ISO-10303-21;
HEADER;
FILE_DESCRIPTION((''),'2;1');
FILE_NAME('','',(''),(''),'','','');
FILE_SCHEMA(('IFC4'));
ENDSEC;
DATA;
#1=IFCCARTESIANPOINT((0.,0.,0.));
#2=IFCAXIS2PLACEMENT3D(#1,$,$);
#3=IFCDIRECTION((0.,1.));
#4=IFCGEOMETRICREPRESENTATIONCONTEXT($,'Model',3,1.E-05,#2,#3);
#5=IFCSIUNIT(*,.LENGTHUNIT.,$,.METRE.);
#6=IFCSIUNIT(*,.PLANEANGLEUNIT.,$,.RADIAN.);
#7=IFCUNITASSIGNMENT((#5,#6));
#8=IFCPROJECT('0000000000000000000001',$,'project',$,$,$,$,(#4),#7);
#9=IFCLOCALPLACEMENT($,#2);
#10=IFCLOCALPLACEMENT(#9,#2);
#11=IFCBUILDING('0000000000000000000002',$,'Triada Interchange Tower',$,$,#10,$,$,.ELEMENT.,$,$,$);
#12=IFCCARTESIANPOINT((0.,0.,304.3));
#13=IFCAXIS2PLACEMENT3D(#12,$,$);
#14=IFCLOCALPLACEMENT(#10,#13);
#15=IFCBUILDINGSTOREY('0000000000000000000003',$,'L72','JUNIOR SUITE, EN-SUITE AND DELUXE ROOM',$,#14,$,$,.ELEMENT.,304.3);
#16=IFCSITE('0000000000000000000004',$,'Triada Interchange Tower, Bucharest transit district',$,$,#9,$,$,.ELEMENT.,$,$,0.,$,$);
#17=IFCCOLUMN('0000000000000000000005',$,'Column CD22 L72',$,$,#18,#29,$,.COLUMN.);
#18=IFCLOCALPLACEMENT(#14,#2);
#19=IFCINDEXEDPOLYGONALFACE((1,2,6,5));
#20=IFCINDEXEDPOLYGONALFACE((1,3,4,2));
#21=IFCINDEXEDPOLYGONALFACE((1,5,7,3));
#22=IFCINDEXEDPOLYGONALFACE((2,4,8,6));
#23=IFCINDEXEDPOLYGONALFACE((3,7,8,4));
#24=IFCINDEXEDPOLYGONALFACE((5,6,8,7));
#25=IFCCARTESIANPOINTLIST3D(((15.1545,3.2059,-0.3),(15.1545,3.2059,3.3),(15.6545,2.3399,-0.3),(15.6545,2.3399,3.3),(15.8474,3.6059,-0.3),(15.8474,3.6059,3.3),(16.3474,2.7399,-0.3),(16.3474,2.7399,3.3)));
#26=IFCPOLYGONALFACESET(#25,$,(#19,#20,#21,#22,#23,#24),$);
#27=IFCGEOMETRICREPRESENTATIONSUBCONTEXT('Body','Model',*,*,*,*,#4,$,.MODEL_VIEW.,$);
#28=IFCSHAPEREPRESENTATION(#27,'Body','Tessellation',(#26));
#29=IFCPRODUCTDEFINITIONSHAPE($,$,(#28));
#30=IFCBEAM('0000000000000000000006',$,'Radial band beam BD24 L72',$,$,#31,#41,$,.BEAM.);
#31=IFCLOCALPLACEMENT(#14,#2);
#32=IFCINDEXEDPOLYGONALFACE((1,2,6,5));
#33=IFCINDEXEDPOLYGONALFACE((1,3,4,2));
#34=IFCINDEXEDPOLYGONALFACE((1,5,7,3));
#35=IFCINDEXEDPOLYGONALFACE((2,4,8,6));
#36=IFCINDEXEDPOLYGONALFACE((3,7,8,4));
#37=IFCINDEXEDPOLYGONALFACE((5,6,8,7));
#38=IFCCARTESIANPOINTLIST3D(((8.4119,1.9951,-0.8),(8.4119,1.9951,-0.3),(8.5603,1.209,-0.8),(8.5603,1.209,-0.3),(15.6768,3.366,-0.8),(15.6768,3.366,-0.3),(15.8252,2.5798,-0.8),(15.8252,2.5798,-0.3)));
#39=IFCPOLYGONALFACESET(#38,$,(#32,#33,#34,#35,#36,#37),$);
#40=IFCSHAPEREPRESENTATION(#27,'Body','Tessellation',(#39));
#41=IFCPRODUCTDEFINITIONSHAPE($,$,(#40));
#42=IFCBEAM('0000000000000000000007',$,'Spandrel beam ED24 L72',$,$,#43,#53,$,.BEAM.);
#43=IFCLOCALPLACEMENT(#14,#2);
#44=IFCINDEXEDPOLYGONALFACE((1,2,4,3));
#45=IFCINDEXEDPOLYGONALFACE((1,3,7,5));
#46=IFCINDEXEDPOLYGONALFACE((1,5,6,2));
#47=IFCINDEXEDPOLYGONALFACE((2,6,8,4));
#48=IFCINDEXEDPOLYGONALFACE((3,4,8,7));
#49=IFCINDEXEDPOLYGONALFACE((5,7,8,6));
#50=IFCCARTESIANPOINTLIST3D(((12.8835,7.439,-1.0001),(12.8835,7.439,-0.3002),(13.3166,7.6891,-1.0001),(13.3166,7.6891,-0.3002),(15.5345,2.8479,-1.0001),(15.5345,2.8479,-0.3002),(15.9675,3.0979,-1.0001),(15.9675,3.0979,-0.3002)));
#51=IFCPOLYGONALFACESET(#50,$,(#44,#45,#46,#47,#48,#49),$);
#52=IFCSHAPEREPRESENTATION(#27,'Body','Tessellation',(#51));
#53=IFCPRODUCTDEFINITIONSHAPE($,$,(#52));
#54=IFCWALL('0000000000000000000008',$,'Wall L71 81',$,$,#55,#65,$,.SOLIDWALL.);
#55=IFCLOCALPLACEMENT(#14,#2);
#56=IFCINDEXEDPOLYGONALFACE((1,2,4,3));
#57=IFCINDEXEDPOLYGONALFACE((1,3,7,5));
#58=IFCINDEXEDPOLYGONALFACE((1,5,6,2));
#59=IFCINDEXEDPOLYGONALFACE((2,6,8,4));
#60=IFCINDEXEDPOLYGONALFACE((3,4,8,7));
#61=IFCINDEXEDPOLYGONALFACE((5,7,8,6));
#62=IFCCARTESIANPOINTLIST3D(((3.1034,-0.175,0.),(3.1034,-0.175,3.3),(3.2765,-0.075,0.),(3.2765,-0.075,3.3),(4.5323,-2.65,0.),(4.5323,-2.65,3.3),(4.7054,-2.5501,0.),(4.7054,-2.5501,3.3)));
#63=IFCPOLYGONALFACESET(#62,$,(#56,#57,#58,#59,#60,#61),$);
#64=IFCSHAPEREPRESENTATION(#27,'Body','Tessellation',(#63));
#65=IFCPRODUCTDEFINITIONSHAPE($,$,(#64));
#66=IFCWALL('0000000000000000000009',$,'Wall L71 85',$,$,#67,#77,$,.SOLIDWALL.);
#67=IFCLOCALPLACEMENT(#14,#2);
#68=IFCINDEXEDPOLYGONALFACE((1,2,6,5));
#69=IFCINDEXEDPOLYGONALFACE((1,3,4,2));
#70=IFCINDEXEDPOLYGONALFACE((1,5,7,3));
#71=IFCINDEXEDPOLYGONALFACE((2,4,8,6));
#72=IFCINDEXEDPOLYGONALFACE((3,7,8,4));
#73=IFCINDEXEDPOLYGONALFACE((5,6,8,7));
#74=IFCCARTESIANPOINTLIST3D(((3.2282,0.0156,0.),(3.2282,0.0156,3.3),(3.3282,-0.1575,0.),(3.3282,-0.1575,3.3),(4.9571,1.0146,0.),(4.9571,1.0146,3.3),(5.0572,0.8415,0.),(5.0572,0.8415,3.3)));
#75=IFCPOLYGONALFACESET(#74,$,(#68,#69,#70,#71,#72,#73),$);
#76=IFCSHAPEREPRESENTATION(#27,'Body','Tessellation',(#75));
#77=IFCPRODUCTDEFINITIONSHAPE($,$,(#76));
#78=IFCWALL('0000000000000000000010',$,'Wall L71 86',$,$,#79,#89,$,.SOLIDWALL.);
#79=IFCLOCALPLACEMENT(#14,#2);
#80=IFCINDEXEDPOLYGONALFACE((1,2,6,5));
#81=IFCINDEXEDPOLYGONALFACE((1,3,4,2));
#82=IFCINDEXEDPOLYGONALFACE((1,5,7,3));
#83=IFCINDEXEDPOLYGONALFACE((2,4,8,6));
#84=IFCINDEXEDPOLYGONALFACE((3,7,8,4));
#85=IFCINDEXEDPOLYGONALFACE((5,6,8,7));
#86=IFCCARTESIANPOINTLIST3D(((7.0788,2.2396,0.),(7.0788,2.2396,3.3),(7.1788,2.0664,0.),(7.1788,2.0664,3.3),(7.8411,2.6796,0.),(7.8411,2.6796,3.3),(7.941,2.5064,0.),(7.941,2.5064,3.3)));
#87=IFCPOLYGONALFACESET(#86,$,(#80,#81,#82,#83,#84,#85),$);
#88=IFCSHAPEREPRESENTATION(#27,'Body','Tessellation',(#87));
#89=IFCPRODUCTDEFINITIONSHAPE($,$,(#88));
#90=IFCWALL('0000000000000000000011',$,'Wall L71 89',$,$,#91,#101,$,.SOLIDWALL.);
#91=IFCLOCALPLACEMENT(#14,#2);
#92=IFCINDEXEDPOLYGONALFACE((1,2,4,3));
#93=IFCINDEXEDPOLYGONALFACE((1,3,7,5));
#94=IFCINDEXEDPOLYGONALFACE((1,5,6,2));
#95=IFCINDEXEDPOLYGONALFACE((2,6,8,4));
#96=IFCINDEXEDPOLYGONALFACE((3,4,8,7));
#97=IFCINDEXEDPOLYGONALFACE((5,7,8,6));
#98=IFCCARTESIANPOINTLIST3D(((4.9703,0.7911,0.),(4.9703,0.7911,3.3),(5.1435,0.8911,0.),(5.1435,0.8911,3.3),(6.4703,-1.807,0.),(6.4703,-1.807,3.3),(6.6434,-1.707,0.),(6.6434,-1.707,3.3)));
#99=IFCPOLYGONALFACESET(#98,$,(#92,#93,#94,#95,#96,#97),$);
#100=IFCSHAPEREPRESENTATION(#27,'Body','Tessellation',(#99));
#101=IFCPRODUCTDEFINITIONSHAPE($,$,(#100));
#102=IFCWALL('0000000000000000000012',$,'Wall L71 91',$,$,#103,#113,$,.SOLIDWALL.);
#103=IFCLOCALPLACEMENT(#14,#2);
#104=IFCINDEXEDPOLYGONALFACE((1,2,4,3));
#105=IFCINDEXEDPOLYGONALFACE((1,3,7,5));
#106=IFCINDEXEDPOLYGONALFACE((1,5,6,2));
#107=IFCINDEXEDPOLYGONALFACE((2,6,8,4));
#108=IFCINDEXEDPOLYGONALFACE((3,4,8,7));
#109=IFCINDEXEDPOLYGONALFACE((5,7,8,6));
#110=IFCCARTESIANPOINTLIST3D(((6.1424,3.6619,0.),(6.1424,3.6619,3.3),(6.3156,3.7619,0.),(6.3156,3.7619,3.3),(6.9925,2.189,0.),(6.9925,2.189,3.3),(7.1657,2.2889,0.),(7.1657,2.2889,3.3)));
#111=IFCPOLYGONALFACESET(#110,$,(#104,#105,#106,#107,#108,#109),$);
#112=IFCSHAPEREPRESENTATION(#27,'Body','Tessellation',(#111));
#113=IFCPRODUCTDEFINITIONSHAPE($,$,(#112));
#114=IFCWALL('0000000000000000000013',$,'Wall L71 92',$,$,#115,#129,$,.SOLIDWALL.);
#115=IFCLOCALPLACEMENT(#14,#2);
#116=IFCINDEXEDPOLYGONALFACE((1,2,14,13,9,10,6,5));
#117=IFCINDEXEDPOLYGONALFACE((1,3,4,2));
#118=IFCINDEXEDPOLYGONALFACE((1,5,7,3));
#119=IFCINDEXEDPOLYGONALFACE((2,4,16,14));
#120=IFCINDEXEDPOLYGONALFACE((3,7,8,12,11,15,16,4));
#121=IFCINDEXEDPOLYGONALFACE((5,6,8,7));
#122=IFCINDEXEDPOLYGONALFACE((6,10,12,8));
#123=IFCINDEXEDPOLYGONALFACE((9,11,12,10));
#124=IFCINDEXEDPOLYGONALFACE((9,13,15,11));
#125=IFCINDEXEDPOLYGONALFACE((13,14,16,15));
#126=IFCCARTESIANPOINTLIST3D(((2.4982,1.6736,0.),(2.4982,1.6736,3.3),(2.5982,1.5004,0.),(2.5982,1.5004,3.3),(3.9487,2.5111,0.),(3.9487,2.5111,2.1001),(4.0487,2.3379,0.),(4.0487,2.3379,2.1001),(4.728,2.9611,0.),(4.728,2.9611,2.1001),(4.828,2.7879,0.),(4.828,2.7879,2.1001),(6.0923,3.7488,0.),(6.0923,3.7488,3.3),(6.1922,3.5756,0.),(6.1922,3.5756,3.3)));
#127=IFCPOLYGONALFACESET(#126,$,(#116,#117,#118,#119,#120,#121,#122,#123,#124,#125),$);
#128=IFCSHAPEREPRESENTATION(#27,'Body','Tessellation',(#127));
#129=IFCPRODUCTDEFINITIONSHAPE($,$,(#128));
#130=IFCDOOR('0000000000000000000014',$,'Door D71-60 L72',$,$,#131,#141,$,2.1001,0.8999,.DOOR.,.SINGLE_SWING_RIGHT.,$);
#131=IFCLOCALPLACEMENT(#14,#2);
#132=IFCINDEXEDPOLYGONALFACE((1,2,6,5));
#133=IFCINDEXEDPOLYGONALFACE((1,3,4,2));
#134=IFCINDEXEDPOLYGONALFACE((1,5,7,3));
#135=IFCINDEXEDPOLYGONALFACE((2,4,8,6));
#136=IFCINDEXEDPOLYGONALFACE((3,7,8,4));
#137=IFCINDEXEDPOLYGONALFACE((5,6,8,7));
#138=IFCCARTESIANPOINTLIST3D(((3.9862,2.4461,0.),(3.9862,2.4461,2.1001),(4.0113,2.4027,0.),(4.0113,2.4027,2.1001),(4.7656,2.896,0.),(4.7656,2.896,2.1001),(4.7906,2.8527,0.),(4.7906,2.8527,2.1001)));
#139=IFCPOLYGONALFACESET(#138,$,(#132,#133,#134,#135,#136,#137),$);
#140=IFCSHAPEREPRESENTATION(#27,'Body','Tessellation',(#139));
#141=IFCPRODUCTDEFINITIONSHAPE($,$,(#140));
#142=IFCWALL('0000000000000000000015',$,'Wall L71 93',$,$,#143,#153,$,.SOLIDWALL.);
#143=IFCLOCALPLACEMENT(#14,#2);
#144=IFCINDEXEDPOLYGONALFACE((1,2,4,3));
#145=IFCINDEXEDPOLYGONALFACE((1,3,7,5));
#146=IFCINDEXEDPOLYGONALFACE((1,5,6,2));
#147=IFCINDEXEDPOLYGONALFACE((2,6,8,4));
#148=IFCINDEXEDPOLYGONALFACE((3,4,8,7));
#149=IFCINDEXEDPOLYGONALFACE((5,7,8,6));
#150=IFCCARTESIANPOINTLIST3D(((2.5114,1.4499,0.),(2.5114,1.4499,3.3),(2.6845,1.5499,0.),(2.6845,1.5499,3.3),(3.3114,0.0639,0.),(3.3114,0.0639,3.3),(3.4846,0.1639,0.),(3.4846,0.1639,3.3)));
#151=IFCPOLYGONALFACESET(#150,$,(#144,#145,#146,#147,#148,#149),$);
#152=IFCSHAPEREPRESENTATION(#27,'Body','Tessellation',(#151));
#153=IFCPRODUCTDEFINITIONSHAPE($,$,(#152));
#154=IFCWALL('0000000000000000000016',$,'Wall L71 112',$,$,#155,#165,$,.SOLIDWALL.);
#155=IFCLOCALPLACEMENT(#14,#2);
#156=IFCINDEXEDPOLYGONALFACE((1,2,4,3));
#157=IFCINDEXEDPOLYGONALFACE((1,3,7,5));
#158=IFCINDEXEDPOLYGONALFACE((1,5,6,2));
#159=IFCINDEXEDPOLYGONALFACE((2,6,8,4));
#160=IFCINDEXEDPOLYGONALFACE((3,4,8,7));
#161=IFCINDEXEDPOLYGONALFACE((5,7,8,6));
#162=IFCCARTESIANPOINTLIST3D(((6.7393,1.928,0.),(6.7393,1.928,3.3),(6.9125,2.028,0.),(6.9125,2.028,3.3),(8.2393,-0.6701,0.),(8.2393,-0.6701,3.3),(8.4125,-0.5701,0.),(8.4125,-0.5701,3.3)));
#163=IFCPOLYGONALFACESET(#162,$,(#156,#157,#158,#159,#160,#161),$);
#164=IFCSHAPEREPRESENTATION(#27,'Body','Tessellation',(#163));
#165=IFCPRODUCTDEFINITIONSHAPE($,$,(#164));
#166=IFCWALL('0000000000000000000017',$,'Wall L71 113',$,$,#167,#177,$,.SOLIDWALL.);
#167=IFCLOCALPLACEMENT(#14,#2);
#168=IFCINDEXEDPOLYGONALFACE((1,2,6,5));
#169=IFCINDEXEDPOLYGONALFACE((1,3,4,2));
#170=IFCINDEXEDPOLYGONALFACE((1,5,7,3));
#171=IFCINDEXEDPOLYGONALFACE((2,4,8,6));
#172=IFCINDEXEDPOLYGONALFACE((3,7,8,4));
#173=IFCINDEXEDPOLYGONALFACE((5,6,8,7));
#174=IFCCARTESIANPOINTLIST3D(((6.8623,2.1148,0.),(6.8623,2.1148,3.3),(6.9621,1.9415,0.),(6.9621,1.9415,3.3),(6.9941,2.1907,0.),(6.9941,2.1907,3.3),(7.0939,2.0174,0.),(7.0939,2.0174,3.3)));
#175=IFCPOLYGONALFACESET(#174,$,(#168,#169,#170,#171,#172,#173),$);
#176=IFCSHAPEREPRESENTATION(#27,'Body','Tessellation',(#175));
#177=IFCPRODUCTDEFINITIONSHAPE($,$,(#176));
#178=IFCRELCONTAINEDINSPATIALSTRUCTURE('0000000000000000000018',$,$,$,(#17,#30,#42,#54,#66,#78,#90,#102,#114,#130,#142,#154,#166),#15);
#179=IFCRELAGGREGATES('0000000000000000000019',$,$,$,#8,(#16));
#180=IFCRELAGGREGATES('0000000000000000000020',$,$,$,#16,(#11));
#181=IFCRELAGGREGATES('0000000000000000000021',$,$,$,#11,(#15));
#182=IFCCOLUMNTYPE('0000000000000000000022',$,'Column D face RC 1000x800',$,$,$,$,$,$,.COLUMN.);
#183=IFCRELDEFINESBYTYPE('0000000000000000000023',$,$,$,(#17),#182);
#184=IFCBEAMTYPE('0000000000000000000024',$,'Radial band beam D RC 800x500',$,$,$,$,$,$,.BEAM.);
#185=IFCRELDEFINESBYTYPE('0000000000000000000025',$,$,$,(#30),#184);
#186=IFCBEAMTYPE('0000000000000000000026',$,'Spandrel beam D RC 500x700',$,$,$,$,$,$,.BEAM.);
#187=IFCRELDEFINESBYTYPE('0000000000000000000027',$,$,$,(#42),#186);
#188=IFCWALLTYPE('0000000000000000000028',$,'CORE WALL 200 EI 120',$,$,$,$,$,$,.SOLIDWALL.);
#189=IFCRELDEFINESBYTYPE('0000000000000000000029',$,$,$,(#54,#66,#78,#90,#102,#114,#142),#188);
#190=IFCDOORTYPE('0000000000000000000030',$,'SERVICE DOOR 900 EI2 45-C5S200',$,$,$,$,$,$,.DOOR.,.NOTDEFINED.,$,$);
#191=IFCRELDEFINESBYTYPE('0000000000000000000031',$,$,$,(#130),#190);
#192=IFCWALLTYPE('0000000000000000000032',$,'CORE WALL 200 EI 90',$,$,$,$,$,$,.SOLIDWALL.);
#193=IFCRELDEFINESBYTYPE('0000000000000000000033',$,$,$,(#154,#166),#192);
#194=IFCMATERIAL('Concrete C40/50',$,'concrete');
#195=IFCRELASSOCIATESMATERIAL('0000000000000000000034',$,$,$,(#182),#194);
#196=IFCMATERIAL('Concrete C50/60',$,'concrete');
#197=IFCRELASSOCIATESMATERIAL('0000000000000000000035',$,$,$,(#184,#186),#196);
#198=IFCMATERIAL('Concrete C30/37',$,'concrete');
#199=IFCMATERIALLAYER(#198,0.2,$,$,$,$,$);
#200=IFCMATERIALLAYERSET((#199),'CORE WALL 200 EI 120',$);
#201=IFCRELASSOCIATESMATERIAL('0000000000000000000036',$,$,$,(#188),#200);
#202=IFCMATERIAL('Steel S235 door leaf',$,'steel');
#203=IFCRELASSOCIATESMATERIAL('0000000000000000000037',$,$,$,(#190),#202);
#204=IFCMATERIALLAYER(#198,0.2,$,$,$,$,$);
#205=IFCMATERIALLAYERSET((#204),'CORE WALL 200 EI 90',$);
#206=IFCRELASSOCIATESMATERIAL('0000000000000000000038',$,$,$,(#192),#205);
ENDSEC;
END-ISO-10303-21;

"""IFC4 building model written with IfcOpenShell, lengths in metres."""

from ifc_helpers import new_model, si_unit, direction, frame, frame_2d, origin, origin_2d, place, context, subcontext, project, spatial, rectangle, extrude, material, layer, layer_set, material_profile, profile_set, type_object, element, fill, save


model = new_model("IFC4")

# Units and contexts
model_context = context("Model", 3, precision=1e-05, world=origin(), true_north=direction((0.0, 1.0)))
body_context = subcontext(model_context, "Body", "Model", "MODEL_VIEW")
ifc_project = project(units=[si_unit("LENGTHUNIT", "METRE"), si_unit("PLANEANGLEUNIT", "RADIAN")], contexts=[model_context])

# Site, building, storey
site_placement = place(None, origin())
site = spatial("IfcSite", under=ifc_project, at=site_placement, Name="Triada Interchange Tower, Bucharest transit district", CompositionType="ELEMENT", RefElevation=0.0)
building_placement = place(site_placement, origin())
building = spatial("IfcBuilding", under=site, at=building_placement, Name="Triada Interchange Tower", CompositionType="ELEMENT")
storey_placement = place(building_placement, frame((0.0, 0.0, 304.3)))
storey = spatial("IfcBuildingStorey", under=building, at=storey_placement, Name="L72", Description="JUNIOR SUITE, EN-SUITE AND DELUXE ROOM", CompositionType="ELEMENT", Elevation=304.3)

# Column
ifc_material_1 = material(Name="Concrete C40/50", Category="concrete")
ifc_material_profile_1 = material_profile(ifc_material_1, rectangle(XDim=1.0, YDim=0.8, at=origin_2d()), Name="RC 1000x800")
ifc_profile_set_1 = profile_set([ifc_material_profile_1], Name="Concrete C40/50")
column_type = type_object("IfcColumnType", Name="Column D face RC 1000x800", PredefinedType="COLUMN", material=ifc_profile_set_1)
column_placement = place(storey_placement, frame((15.751, 2.9729, -0.3), z_axis=(0.0, 0.0, 1.0), x_axis=(-0.5, 0.866025, 0.0)))
element("IfcColumn", 1, at=column_placement, inside=storey, type_object=column_type, Name="Column CD22 L72", PredefinedType="COLUMN", context=body_context, shape_type="SweptSolid", body=[
    extrude(rectangle(XDim=1.0, YDim=0.8, at=origin_2d()), origin(), (0.0, 0.0, 1.0), 3.6001),
])

# Beams
ifc_material_2 = material(Name="Concrete C50/60", Category="concrete")
ifc_material_profile_2 = material_profile(ifc_material_2, rectangle(XDim=0.8, YDim=0.5, at=origin_2d()), Name="RC 800x500")
ifc_profile_set_2 = profile_set([ifc_material_profile_2], Name="Concrete C50/60")
beam_type_1 = type_object("IfcBeamType", Name="Radial band beam D RC 800x500", PredefinedType="BEAM", material=ifc_profile_set_2)
beam_1_placement = place(storey_placement, frame((15.751, 2.9729, -0.55), z_axis=(-0.982659, -0.185423, 0.0), x_axis=(0.185423, -0.982659, 0.0)))
element("IfcBeam", 2, at=beam_1_placement, inside=storey, type_object=beam_type_1, Name="Radial band beam BD24 L72", PredefinedType="BEAM", context=body_context, shape_type="SweptSolid", body=[
    extrude(rectangle(XDim=0.8, YDim=0.5, at=origin_2d()), origin(), (0.0, 0.0, 1.0), 7.3931),
])
ifc_material_profile_3 = material_profile(ifc_material_2, rectangle(XDim=0.5, YDim=0.7, at=origin_2d()), Name="RC 500x700")
ifc_profile_set_3 = profile_set([ifc_material_profile_3], Name="Concrete C50/60")
beam_type_2 = type_object("IfcBeamType", Name="Spandrel beam D RC 500x700", PredefinedType="BEAM", material=ifc_profile_set_3)
beam_2_placement = place(storey_placement, frame((15.751, 2.9729, -0.6501), z_axis=(-0.500032, 0.866007, 0.0), x_axis=(-0.866007, -0.500032, 0.0)))
element("IfcBeam", 3, at=beam_2_placement, inside=storey, type_object=beam_type_2, Name="Spandrel beam ED24 L72", PredefinedType="BEAM", context=body_context, shape_type="SweptSolid", body=[
    extrude(rectangle(XDim=0.5, YDim=0.7, at=origin_2d()), origin(), (0.0, 0.0, 1.0), 5.3015),
])

# Walls
ifc_material_3 = material(Name="Concrete C30/37", Category="concrete")
ifc_layer_1 = layer(ifc_material_3, 0.2)
ifc_layer_set_1 = layer_set([ifc_layer_1], Name="CORE WALL 200 EI 120")
wall_type_1 = type_object("IfcWallType", Name="CORE WALL 200 EI 120", PredefinedType="SOLIDWALL", material=ifc_layer_set_1)
wall_1_placement = place(storey_placement, frame((3.1899, -0.125, 0.0), z_axis=(0.0, 0.0, 1.0), x_axis=(0.499989, -0.866032, 0.0)))
element("IfcWall", 4, at=wall_1_placement, inside=storey, type_object=wall_type_1, Name="Wall L71 81", PredefinedType="SOLIDWALL", context=body_context, shape_type="SweptSolid", body=[
    extrude(rectangle(XDim=2.8579, YDim=0.2, at=frame_2d((1.429, 0.0))), origin(), (0.0, 0.0, 1.0), 3.3),
])
wall_2_placement = place(storey_placement, frame((3.2781, -0.071, 0.0), z_axis=(0.0, 0.0, 1.0), x_axis=(0.865856, 0.500294, 0.0)))
element("IfcWall", 5, at=wall_2_placement, inside=storey, type_object=wall_type_1, Name="Wall L71 85", PredefinedType="SOLIDWALL", context=body_context, shape_type="SweptSolid", body=[
    extrude(rectangle(XDim=1.9968, YDim=0.2, at=frame_2d((0.9985, 0.0))), origin(), (0.0, 0.0, 1.0), 3.3),
])
wall_3_placement = place(storey_placement, frame((7.1289, 2.1531, 0.0), z_axis=(0.0, 0.0, 1.0), x_axis=(0.866084, 0.499899, 0.0)))
element("IfcWall", 6, at=wall_3_placement, inside=storey, type_object=wall_type_1, Name="Wall L71 86", PredefinedType="SOLIDWALL", context=body_context, shape_type="SweptSolid", body=[
    extrude(rectangle(XDim=0.8801, YDim=0.2, at=frame_2d((0.4399, 0.0))), origin(), (0.0, 0.0, 1.0), 3.3),
])
wall_4_placement = place(storey_placement, frame((5.0569, 0.8411, 0.0), z_axis=(0.0, 0.0, 1.0), x_axis=(0.49999, -0.866031, 0.0)))
element("IfcWall", 7, at=wall_4_placement, inside=storey, type_object=wall_type_1, Name="Wall L71 89", PredefinedType="SOLIDWALL", context=body_context, shape_type="SweptSolid", body=[
    extrude(rectangle(XDim=3.0, YDim=0.2, at=frame_2d((1.5, 0.0))), origin(), (0.0, 0.0, 1.0), 3.3),
])
wall_5_placement = place(storey_placement, frame((6.229, 3.7119, 0.0), z_axis=(0.0, 0.0, 1.0), x_axis=(0.499876, -0.866097, 0.0)))
element("IfcWall", 8, at=wall_5_placement, inside=storey, type_object=wall_type_1, Name="Wall L71 91", PredefinedType="SOLIDWALL", context=body_context, shape_type="SweptSolid", body=[
    extrude(rectangle(XDim=1.7007, YDim=0.2, at=frame_2d((0.8503, 0.0))), origin(), (0.0, 0.0, 1.0), 3.3),
])

# Wall, opening, door
wall_6_placement = place(storey_placement, frame((2.5481, 1.5869, 0.0), z_axis=(0.0, 0.0, 1.0), x_axis=(0.866004, 0.500036, 0.0)))
wall_6 = element("IfcWall", 9, at=wall_6_placement, inside=storey, type_object=wall_type_1, Name="Wall L71 92", PredefinedType="SOLIDWALL", context=body_context, shape_type="SweptSolid", body=[
    extrude(rectangle(XDim=4.1501, YDim=0.2, at=frame_2d((2.0752, 0.0))), origin(), (0.0, 0.0, 1.0), 3.3),
])
opening_placement = place(wall_6_placement, frame((1.675, 0.0, 0.0)))
opening = element("IfcOpeningElement", 10, at=opening_placement, cuts=wall_6, PredefinedType="OPENING", context=body_context, shape_type="SweptSolid", body=[
    extrude(rectangle(XDim=0.8999, YDim=2.1001, at=frame_2d((0.45, 1.05))), frame((0.0, 0.1099, 0.0), z_axis=(0.0, -1.0, 0.0), x_axis=(1.0, 0.0, 0.0)), (0.0, 0.0, 1.0), 0.22),
])
ifc_material_4 = material(Name="Steel S235 door leaf", Category="steel")
door_type = type_object("IfcDoorType", Name="SERVICE DOOR 900 EI2 45-C5S200", OperationType="NOTDEFINED", PredefinedType="DOOR", material=ifc_material_4)
door_placement = place(opening_placement, origin())
door = element("IfcDoor", 11, at=door_placement, inside=storey, type_object=door_type, Name="Door D71-60 L72", OperationType="SINGLE_SWING_RIGHT", OverallHeight=2.1001, OverallWidth=0.8999, PredefinedType="DOOR", context=body_context, shape_type="SweptSolid", body=[
    extrude(rectangle(XDim=0.8999, YDim=2.1001, at=frame_2d((0.45, 1.05))), frame((0.0, 0.0249, 0.0), z_axis=(0.0, -1.0, 0.0), x_axis=(1.0, 0.0, 0.0)), (0.0, 0.0, 1.0), 0.05),
])
fill(opening, door)

# Walls
wall_7_placement = place(storey_placement, frame((2.5979, 1.5, 0.0), z_axis=(0.0, 0.0, 1.0), x_axis=(0.499929, -0.866066, 0.0)))
element("IfcWall", 12, at=wall_7_placement, inside=storey, type_object=wall_type_1, Name="Wall L71 93", PredefinedType="SOLIDWALL", context=body_context, shape_type="SweptSolid", body=[
    extrude(rectangle(XDim=1.6003, YDim=0.2, at=frame_2d((0.8003, 0.0))), origin(), (0.0, 0.0, 1.0), 3.3),
])
ifc_layer_2 = layer(ifc_material_3, 0.2)
ifc_layer_set_2 = layer_set([ifc_layer_2], Name="CORE WALL 200 EI 90")
wall_type_2 = type_object("IfcWallType", Name="CORE WALL 200 EI 90", PredefinedType="SOLIDWALL", material=ifc_layer_set_2)
wall_8_placement = place(storey_placement, frame((6.8259, 1.978, 0.0), z_axis=(0.0, 0.0, 1.0), x_axis=(0.49999, -0.866031, 0.0)))
element("IfcWall", 13, at=wall_8_placement, inside=storey, type_object=wall_type_2, Name="Wall L71 112", PredefinedType="SOLIDWALL", context=body_context, shape_type="SweptSolid", body=[
    extrude(rectangle(XDim=3.0, YDim=0.2, at=frame_2d((1.5, 0.0))), origin(), (0.0, 0.0, 1.0), 3.3),
])
wall_9_placement = place(storey_placement, frame((6.9121, 2.0281, 0.0), z_axis=(0.0, 0.0, 1.0), x_axis=(0.866559, 0.499074, 0.0)))
element("IfcWall", 14, at=wall_9_placement, inside=storey, type_object=wall_type_2, Name="Wall L71 113", PredefinedType="SOLIDWALL", context=body_context, shape_type="SweptSolid", body=[
    extrude(rectangle(XDim=0.1521, YDim=0.2, at=frame_2d((0.0762, 0.0))), origin(), (0.0, 0.0, 1.0), 3.3),
])

save(model, "model.ifc")
